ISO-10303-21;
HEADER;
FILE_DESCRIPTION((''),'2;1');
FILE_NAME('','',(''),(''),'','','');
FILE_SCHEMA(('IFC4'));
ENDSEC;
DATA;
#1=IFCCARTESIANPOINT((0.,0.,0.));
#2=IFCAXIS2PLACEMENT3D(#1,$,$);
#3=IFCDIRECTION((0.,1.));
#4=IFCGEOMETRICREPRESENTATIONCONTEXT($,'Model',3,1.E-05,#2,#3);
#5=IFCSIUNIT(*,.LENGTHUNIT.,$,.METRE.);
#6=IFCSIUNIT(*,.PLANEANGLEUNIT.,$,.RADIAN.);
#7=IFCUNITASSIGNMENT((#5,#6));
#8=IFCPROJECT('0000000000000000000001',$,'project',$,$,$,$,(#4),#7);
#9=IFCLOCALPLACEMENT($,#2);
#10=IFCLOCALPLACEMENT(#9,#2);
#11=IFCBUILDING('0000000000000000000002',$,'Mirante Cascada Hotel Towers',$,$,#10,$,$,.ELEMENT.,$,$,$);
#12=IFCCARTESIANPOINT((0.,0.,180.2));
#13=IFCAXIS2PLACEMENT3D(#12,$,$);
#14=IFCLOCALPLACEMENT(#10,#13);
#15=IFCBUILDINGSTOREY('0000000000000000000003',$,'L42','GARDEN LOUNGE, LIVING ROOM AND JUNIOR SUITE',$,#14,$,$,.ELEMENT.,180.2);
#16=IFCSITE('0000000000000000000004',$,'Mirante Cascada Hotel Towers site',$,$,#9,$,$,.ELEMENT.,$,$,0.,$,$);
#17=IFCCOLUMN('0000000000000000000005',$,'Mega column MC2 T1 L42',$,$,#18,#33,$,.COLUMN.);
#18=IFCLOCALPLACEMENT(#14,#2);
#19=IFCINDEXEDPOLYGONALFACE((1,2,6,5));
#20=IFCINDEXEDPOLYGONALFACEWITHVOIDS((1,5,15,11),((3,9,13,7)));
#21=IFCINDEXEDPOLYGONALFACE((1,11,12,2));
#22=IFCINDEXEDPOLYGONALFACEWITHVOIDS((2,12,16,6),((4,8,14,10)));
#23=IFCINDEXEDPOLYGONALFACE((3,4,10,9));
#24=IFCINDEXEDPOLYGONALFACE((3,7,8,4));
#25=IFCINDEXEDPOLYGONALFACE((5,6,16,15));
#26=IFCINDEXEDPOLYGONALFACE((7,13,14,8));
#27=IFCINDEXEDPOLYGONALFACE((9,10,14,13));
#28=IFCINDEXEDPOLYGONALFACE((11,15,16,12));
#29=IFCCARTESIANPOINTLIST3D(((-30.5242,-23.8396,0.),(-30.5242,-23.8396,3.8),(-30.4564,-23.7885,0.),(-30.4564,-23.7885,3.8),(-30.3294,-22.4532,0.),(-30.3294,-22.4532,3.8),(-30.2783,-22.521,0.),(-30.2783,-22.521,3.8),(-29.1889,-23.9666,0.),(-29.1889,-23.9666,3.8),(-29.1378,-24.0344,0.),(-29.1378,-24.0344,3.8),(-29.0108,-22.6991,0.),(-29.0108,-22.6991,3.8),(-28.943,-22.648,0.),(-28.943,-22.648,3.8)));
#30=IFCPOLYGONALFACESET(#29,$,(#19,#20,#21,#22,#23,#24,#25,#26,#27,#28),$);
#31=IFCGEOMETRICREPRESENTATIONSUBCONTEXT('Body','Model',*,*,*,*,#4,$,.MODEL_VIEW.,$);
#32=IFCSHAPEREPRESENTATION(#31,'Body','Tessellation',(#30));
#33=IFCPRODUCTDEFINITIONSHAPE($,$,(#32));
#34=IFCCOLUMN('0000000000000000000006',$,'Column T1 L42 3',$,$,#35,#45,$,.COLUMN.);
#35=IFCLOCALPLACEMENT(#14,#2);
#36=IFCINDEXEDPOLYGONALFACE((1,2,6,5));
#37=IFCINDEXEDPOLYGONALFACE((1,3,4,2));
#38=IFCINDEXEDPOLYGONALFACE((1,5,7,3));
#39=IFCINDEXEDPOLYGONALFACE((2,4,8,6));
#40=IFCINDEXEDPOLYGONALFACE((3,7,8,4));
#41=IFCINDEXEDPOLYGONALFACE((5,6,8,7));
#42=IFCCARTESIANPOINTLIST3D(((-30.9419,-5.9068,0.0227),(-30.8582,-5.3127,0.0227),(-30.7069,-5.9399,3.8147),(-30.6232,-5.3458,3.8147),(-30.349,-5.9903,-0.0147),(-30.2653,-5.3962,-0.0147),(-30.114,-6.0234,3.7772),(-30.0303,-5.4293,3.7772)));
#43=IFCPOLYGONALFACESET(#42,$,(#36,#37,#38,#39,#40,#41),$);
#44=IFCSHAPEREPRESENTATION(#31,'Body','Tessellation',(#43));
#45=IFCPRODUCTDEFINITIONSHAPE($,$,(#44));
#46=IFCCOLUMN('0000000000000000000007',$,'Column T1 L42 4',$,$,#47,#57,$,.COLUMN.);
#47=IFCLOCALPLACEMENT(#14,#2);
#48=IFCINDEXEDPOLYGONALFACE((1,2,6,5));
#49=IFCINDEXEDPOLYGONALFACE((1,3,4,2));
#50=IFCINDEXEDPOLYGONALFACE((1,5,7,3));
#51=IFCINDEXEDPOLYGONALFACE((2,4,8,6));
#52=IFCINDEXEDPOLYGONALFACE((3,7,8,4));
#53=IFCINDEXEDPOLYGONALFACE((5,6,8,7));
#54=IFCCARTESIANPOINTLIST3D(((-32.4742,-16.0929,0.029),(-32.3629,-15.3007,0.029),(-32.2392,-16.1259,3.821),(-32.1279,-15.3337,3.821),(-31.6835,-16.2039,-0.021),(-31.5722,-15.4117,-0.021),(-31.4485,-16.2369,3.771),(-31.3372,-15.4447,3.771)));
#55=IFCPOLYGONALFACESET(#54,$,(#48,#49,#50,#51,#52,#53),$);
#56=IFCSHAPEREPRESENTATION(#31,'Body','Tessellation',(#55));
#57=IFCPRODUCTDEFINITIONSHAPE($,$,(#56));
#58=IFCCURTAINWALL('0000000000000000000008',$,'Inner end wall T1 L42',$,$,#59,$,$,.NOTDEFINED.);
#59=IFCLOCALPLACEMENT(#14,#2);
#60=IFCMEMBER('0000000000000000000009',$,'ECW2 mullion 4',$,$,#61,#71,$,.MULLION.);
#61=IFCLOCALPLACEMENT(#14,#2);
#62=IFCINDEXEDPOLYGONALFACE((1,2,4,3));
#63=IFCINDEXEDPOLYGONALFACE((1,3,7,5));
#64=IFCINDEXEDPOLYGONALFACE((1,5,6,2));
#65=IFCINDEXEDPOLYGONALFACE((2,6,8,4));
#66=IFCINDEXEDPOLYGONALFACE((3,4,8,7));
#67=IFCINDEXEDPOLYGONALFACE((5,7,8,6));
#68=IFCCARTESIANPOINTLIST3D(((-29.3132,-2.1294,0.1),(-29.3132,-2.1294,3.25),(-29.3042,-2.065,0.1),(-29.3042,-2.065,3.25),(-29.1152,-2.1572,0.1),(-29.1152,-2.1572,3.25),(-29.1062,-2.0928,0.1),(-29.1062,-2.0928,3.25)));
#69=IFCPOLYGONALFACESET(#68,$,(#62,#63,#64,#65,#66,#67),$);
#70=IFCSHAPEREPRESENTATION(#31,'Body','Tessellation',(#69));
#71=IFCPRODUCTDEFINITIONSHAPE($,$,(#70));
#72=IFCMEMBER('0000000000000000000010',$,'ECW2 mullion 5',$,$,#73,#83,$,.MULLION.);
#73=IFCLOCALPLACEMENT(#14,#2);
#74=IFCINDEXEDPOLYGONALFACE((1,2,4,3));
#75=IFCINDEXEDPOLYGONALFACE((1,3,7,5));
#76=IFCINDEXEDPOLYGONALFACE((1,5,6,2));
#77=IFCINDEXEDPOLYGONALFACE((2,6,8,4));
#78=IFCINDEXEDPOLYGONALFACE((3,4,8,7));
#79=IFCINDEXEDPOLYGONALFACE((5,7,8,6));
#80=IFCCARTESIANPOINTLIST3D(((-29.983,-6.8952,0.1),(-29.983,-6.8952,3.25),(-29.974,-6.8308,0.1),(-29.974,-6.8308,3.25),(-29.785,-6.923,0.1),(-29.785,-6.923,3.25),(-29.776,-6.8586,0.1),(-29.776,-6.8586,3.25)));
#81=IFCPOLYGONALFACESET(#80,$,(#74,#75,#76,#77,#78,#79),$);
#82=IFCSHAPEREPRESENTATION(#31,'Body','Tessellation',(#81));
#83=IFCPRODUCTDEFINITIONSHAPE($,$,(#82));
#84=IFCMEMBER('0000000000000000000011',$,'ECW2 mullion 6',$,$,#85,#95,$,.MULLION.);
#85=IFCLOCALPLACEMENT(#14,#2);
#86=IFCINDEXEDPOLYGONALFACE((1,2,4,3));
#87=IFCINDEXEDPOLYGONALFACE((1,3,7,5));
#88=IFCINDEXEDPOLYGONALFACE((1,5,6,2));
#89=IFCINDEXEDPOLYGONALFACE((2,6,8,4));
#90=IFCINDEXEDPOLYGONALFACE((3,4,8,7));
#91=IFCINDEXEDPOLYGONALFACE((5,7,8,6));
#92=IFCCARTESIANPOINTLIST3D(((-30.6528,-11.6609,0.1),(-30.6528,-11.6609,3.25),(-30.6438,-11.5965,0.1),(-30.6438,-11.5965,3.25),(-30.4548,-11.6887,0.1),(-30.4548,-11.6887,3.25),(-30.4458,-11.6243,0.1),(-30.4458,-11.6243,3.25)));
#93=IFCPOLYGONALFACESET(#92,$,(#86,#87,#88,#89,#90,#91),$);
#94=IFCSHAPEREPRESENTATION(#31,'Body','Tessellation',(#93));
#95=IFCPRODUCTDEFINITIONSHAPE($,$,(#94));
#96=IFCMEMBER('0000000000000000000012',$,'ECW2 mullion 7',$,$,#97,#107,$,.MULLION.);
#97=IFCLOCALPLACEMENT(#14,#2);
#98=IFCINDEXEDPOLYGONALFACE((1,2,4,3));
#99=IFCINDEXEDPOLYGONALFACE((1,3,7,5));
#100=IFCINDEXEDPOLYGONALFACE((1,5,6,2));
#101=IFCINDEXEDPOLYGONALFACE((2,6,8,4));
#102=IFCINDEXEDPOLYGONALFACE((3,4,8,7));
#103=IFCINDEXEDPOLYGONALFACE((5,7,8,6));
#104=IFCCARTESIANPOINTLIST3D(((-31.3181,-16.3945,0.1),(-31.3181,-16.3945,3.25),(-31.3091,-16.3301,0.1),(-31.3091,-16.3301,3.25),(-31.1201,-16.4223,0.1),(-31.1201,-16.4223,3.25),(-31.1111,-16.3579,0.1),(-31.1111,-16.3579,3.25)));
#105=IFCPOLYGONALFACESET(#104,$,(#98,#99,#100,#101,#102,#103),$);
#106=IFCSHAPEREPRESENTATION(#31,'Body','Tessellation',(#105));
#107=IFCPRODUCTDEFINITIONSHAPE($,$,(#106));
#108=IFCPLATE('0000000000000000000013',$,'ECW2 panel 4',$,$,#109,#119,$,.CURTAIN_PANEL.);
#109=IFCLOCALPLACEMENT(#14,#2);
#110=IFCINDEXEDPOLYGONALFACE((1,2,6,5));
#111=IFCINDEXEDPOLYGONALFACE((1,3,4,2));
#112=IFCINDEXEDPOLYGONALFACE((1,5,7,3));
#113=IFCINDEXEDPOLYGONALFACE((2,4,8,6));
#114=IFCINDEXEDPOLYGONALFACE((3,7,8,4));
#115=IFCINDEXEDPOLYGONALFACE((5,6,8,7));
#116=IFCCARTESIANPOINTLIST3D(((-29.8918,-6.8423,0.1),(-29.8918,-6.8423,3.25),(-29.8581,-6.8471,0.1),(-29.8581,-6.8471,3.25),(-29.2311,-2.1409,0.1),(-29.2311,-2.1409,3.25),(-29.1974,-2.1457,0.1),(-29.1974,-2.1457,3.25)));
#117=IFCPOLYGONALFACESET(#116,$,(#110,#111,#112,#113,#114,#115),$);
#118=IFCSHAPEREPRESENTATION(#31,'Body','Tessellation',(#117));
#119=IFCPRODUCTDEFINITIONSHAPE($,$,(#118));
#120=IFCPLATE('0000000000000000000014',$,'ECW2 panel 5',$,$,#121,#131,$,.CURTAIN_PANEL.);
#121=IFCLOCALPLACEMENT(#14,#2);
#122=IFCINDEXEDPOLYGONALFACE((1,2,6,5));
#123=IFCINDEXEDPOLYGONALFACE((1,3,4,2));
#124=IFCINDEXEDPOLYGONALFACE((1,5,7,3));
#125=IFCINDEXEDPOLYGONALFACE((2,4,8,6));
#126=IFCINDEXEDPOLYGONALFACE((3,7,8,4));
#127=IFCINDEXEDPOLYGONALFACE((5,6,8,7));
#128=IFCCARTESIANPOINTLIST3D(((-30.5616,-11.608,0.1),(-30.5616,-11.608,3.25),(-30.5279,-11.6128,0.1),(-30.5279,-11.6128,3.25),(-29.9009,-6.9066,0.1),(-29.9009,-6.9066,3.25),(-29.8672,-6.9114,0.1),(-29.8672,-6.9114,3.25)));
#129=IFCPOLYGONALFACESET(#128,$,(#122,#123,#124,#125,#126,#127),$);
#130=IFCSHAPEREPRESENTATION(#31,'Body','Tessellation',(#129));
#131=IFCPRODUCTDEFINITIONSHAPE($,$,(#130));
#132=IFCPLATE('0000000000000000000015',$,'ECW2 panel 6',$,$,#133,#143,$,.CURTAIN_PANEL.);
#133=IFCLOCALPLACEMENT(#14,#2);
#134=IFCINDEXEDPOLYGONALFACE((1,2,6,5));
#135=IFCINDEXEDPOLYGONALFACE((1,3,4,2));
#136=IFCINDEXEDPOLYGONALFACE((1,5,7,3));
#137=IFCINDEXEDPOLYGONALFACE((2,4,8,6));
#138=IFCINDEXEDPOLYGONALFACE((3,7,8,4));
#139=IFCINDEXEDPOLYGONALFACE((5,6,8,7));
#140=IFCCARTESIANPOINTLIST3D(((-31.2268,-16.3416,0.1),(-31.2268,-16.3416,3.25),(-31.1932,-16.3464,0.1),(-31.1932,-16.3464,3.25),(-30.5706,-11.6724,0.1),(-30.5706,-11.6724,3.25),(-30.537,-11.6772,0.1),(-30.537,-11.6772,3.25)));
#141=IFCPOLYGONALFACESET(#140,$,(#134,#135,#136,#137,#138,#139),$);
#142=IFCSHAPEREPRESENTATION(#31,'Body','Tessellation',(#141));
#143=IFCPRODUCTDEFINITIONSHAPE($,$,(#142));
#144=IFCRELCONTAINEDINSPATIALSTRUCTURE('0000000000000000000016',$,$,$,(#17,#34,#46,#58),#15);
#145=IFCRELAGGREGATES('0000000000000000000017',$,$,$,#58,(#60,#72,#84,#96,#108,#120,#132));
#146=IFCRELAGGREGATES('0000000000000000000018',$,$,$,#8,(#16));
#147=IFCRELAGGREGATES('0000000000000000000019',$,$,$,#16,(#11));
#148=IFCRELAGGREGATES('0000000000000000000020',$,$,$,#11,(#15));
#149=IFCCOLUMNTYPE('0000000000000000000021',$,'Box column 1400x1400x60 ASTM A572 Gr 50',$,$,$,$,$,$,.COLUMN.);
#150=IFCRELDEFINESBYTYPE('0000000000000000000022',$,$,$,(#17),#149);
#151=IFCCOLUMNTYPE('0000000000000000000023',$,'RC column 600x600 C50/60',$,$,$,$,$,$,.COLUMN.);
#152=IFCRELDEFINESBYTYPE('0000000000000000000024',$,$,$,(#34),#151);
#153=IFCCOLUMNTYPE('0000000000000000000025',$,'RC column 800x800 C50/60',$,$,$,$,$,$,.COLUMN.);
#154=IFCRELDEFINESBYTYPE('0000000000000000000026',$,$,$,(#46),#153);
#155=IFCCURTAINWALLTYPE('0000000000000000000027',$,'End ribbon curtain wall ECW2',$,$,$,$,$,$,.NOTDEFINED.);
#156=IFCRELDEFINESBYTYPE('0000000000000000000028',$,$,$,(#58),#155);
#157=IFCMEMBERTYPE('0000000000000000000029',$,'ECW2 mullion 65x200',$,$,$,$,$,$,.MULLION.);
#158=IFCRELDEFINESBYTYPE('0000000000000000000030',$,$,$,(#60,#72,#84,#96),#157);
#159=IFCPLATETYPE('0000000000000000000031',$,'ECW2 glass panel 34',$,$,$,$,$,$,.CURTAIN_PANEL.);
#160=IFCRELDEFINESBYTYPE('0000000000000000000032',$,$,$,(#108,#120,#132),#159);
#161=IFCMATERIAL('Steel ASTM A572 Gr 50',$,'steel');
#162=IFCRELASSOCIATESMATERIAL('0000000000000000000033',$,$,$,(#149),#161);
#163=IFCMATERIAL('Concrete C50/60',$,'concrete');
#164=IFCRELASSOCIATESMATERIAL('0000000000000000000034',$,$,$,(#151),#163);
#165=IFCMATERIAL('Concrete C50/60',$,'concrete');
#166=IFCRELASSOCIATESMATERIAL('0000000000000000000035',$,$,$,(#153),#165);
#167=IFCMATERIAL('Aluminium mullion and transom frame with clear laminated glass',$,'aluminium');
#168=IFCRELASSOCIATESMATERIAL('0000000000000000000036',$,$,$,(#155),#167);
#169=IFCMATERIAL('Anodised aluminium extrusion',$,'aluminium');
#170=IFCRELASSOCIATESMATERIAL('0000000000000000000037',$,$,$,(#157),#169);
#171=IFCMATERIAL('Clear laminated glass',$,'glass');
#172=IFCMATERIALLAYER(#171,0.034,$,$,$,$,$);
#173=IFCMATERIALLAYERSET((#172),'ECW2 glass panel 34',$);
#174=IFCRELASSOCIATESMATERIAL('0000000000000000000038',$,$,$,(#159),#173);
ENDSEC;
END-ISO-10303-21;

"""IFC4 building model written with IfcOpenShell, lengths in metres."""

from ifc_helpers import new_model, si_unit, direction, frame, origin, origin_2d, place, context, subcontext, project, spatial, rectangle, hollow_rectangle, extrude, material, layer, layer_set, material_profile, profile_set, type_object, element, aggregate, save


model = new_model("IFC4")

# Units and contexts
model_context = context("Model", 3, precision=1e-05, world=origin(), true_north=direction((0.0, 1.0)))
body_context = subcontext(model_context, "Body", "Model", "MODEL_VIEW")
ifc_project = project(units=[si_unit("LENGTHUNIT", "METRE"), si_unit("PLANEANGLEUNIT", "RADIAN")], contexts=[model_context])

# Site, building, storey
site_placement = place(None, origin())
site = spatial("IfcSite", under=ifc_project, at=site_placement, Name="Mirante Cascada Hotel Towers site", CompositionType="ELEMENT", RefElevation=0.0)
building_placement = place(site_placement, origin())
building = spatial("IfcBuilding", under=site, at=building_placement, Name="Mirante Cascada Hotel Towers", CompositionType="ELEMENT")
storey_placement = place(building_placement, frame((0.0, 0.0, 180.2)))
storey = spatial("IfcBuildingStorey", under=building, at=storey_placement, Name="L42", Description="GARDEN LOUNGE, LIVING ROOM AND JUNIOR SUITE", CompositionType="ELEMENT", Elevation=180.2)

# Columns
ifc_material_1 = material(Name="Steel ASTM A572 Gr 50", Category="steel")
ifc_material_profile_1 = material_profile(ifc_material_1, hollow_rectangle(XDim=1.4, YDim=1.4, WallThickness=0.06, at=origin_2d()), Name="Box column 1400x1400x60 ASTM A572 Gr 50")
ifc_profile_set_1 = profile_set([ifc_material_profile_1], Name="Steel ASTM A572 Gr 50")
column_type_1 = type_object("IfcColumnType", Name="Box column 1400x1400x60 ASTM A572 Gr 50", PredefinedType="COLUMN", material=ifc_profile_set_1)
column_1_placement = place(storey_placement, frame((-29.7336, -23.2438, 0.0), z_axis=(0.0, 0.0, 1.0), x_axis=(-0.990268, 0.139173, 0.0)))
element("IfcColumn", 1, at=column_1_placement, inside=storey, type_object=column_type_1, Name="Mega column MC2 T1 L42", PredefinedType="COLUMN", context=body_context, shape_type="SweptSolid", body=[
    extrude(hollow_rectangle(XDim=1.4, YDim=1.4, WallThickness=0.06, at=origin_2d()), origin(), (0.0, 0.0, 1.0), 3.8),
])
ifc_material_2 = material(Name="Concrete C50/60", Category="concrete")
ifc_material_profile_2 = material_profile(ifc_material_2, rectangle(XDim=0.6, YDim=0.6, at=origin_2d()), Name="RC column 600x600 C50/60")
ifc_profile_set_2 = profile_set([ifc_material_profile_2], Name="Concrete C50/60")
column_type_2 = type_object("IfcColumnType", Name="RC column 600x600 C50/60", PredefinedType="COLUMN", material=ifc_profile_set_2)
column_2_placement = place(storey_placement, frame((-30.6036, -5.6515, 0.004), z_axis=(0.061852, -0.008712, 0.998047), x_axis=(0.139474, 0.990226, 0.0)))
element("IfcColumn", 2, at=column_2_placement, inside=storey, type_object=column_type_2, Name="Column T1 L42 3", PredefinedType="COLUMN", context=body_context, shape_type="SweptSolid", body=[
    extrude(rectangle(XDim=0.6, YDim=0.6, at=origin_2d()), origin(), (0.0, 0.0, 1.0), 3.7994),
])
ifc_material_3 = material(Name="Concrete C50/60", Category="concrete")
ifc_material_profile_3 = material_profile(ifc_material_3, rectangle(XDim=0.8, YDim=0.8, at=origin_2d()), Name="RC column 800x800 C50/60")
ifc_profile_set_3 = profile_set([ifc_material_profile_3], Name="Concrete C50/60")
column_type_3 = type_object("IfcColumnType", Name="RC column 800x800 C50/60", PredefinedType="COLUMN", material=ifc_profile_set_3)
column_3_placement = place(storey_placement, frame((-32.0232, -15.7523, 0.004), z_axis=(0.061852, -0.008686, 0.998048), x_axis=(0.139061, 0.990284, 0.0)))
element("IfcColumn", 3, at=column_3_placement, inside=storey, type_object=column_type_3, Name="Column T1 L42 4", PredefinedType="COLUMN", context=body_context, shape_type="SweptSolid", body=[
    extrude(rectangle(XDim=0.8, YDim=0.8, at=origin_2d()), origin(), (0.0, 0.0, 1.0), 3.7994),
])

# Curtain wall, members, plates
ifc_material_4 = material(Name="Aluminium mullion and transom frame with clear laminated glass", Category="aluminium")
curtain_wall_type = type_object("IfcCurtainWallType", Name="End ribbon curtain wall ECW2", PredefinedType="NOTDEFINED", material=ifc_material_4)
curtain_wall_placement = place(storey_placement, origin())
curtain_wall = element("IfcCurtainWall", 4, at=curtain_wall_placement, inside=storey, type_object=curtain_wall_type, Name="Inner end wall T1 L42", PredefinedType="NOTDEFINED")
ifc_material_5 = material(Name="Anodised aluminium extrusion", Category="aluminium")
ifc_material_profile_4 = material_profile(ifc_material_5, rectangle(XDim=0.2, YDim=0.065, at=origin_2d()), Name="ECW2 MULLION 65x200")
ifc_profile_set_4 = profile_set([ifc_material_profile_4], Name="Anodised aluminium extrusion")
member_type = type_object("IfcMemberType", Name="ECW2 mullion 65x200", PredefinedType="MULLION", material=ifc_profile_set_4)
member_1_placement = place(storey_placement, frame((-29.2097, -2.1111, 0.1), z_axis=(0.0, 0.0, 1.0), x_axis=(0.990268, -0.139173, 0.0)))
member_1 = element("IfcMember", 5, at=member_1_placement, type_object=member_type, Name="ECW2 mullion 4", PredefinedType="MULLION", context=body_context, shape_type="SweptSolid", body=[
    extrude(rectangle(XDim=0.2, YDim=0.065, at=origin_2d()), origin(), (0.0, 0.0, 1.0), 3.15),
])
member_2_placement = place(storey_placement, frame((-29.8795, -6.8769, 0.1), z_axis=(0.0, 0.0, 1.0), x_axis=(0.990268, -0.139173, 0.0)))
member_2 = element("IfcMember", 6, at=member_2_placement, type_object=member_type, Name="ECW2 mullion 5", PredefinedType="MULLION", context=body_context, shape_type="SweptSolid", body=[
    extrude(rectangle(XDim=0.2, YDim=0.065, at=origin_2d()), origin(), (0.0, 0.0, 1.0), 3.15),
])
member_3_placement = place(storey_placement, frame((-30.5493, -11.6426, 0.1), z_axis=(0.0, 0.0, 1.0), x_axis=(0.990268, -0.139173, 0.0)))
member_3 = element("IfcMember", 7, at=member_3_placement, type_object=member_type, Name="ECW2 mullion 6", PredefinedType="MULLION", context=body_context, shape_type="SweptSolid", body=[
    extrude(rectangle(XDim=0.2, YDim=0.065, at=origin_2d()), origin(), (0.0, 0.0, 1.0), 3.15),
])
member_4_placement = place(storey_placement, frame((-31.2146, -16.3762, 0.1), z_axis=(0.0, 0.0, 1.0), x_axis=(0.990268, -0.139173, 0.0)))
member_4 = element("IfcMember", 8, at=member_4_placement, type_object=member_type, Name="ECW2 mullion 7", PredefinedType="MULLION", context=body_context, shape_type="SweptSolid", body=[
    extrude(rectangle(XDim=0.2, YDim=0.065, at=origin_2d()), origin(), (0.0, 0.0, 1.0), 3.15),
])
ifc_material_6 = material(Name="Clear laminated glass", Category="glass")
ifc_layer_1 = layer(ifc_material_6, 0.034)
ifc_layer_set_1 = layer_set([ifc_layer_1], Name="ECW2 glass panel 34")
plate_type = type_object("IfcPlateType", Name="ECW2 glass panel 34", PredefinedType="CURTAIN_PANEL", material=ifc_layer_set_1)
plate_1_placement = place(storey_placement, frame((-29.5446, -4.494, 0.1), z_axis=(0.0, 0.0, 1.0), x_axis=(-0.139173, -0.990268, 0.0)))
plate_1 = element("IfcPlate", 9, at=plate_1_placement, type_object=plate_type, Name="ECW2 panel 4", PredefinedType="CURTAIN_PANEL", context=body_context, shape_type="SweptSolid", body=[
    extrude(rectangle(XDim=4.7476, YDim=0.034, at=origin_2d()), origin(), (0.0, 0.0, 1.0), 3.15),
])
plate_2_placement = place(storey_placement, frame((-30.2144, -9.2597, 0.1), z_axis=(0.0, 0.0, 1.0), x_axis=(-0.139173, -0.990268, 0.0)))
plate_2 = element("IfcPlate", 10, at=plate_2_placement, type_object=plate_type, Name="ECW2 panel 5", PredefinedType="CURTAIN_PANEL", context=body_context, shape_type="SweptSolid", body=[
    extrude(rectangle(XDim=4.7476, YDim=0.034, at=origin_2d()), origin(), (0.0, 0.0, 1.0), 3.15),
])
plate_3_placement = place(storey_placement, frame((-30.8819, -14.0094, 0.1), z_axis=(0.0, 0.0, 1.0), x_axis=(-0.139173, -0.990268, 0.0)))
plate_3 = element("IfcPlate", 11, at=plate_3_placement, type_object=plate_type, Name="ECW2 panel 6", PredefinedType="CURTAIN_PANEL", context=body_context, shape_type="SweptSolid", body=[
    extrude(rectangle(XDim=4.7151, YDim=0.034, at=origin_2d()), origin(), (0.0, 0.0, 1.0), 3.15),
])
aggregate(curtain_wall, [member_1, member_2, member_3, member_4, plate_1, plate_2, plate_3])

save(model, "model.ifc")
